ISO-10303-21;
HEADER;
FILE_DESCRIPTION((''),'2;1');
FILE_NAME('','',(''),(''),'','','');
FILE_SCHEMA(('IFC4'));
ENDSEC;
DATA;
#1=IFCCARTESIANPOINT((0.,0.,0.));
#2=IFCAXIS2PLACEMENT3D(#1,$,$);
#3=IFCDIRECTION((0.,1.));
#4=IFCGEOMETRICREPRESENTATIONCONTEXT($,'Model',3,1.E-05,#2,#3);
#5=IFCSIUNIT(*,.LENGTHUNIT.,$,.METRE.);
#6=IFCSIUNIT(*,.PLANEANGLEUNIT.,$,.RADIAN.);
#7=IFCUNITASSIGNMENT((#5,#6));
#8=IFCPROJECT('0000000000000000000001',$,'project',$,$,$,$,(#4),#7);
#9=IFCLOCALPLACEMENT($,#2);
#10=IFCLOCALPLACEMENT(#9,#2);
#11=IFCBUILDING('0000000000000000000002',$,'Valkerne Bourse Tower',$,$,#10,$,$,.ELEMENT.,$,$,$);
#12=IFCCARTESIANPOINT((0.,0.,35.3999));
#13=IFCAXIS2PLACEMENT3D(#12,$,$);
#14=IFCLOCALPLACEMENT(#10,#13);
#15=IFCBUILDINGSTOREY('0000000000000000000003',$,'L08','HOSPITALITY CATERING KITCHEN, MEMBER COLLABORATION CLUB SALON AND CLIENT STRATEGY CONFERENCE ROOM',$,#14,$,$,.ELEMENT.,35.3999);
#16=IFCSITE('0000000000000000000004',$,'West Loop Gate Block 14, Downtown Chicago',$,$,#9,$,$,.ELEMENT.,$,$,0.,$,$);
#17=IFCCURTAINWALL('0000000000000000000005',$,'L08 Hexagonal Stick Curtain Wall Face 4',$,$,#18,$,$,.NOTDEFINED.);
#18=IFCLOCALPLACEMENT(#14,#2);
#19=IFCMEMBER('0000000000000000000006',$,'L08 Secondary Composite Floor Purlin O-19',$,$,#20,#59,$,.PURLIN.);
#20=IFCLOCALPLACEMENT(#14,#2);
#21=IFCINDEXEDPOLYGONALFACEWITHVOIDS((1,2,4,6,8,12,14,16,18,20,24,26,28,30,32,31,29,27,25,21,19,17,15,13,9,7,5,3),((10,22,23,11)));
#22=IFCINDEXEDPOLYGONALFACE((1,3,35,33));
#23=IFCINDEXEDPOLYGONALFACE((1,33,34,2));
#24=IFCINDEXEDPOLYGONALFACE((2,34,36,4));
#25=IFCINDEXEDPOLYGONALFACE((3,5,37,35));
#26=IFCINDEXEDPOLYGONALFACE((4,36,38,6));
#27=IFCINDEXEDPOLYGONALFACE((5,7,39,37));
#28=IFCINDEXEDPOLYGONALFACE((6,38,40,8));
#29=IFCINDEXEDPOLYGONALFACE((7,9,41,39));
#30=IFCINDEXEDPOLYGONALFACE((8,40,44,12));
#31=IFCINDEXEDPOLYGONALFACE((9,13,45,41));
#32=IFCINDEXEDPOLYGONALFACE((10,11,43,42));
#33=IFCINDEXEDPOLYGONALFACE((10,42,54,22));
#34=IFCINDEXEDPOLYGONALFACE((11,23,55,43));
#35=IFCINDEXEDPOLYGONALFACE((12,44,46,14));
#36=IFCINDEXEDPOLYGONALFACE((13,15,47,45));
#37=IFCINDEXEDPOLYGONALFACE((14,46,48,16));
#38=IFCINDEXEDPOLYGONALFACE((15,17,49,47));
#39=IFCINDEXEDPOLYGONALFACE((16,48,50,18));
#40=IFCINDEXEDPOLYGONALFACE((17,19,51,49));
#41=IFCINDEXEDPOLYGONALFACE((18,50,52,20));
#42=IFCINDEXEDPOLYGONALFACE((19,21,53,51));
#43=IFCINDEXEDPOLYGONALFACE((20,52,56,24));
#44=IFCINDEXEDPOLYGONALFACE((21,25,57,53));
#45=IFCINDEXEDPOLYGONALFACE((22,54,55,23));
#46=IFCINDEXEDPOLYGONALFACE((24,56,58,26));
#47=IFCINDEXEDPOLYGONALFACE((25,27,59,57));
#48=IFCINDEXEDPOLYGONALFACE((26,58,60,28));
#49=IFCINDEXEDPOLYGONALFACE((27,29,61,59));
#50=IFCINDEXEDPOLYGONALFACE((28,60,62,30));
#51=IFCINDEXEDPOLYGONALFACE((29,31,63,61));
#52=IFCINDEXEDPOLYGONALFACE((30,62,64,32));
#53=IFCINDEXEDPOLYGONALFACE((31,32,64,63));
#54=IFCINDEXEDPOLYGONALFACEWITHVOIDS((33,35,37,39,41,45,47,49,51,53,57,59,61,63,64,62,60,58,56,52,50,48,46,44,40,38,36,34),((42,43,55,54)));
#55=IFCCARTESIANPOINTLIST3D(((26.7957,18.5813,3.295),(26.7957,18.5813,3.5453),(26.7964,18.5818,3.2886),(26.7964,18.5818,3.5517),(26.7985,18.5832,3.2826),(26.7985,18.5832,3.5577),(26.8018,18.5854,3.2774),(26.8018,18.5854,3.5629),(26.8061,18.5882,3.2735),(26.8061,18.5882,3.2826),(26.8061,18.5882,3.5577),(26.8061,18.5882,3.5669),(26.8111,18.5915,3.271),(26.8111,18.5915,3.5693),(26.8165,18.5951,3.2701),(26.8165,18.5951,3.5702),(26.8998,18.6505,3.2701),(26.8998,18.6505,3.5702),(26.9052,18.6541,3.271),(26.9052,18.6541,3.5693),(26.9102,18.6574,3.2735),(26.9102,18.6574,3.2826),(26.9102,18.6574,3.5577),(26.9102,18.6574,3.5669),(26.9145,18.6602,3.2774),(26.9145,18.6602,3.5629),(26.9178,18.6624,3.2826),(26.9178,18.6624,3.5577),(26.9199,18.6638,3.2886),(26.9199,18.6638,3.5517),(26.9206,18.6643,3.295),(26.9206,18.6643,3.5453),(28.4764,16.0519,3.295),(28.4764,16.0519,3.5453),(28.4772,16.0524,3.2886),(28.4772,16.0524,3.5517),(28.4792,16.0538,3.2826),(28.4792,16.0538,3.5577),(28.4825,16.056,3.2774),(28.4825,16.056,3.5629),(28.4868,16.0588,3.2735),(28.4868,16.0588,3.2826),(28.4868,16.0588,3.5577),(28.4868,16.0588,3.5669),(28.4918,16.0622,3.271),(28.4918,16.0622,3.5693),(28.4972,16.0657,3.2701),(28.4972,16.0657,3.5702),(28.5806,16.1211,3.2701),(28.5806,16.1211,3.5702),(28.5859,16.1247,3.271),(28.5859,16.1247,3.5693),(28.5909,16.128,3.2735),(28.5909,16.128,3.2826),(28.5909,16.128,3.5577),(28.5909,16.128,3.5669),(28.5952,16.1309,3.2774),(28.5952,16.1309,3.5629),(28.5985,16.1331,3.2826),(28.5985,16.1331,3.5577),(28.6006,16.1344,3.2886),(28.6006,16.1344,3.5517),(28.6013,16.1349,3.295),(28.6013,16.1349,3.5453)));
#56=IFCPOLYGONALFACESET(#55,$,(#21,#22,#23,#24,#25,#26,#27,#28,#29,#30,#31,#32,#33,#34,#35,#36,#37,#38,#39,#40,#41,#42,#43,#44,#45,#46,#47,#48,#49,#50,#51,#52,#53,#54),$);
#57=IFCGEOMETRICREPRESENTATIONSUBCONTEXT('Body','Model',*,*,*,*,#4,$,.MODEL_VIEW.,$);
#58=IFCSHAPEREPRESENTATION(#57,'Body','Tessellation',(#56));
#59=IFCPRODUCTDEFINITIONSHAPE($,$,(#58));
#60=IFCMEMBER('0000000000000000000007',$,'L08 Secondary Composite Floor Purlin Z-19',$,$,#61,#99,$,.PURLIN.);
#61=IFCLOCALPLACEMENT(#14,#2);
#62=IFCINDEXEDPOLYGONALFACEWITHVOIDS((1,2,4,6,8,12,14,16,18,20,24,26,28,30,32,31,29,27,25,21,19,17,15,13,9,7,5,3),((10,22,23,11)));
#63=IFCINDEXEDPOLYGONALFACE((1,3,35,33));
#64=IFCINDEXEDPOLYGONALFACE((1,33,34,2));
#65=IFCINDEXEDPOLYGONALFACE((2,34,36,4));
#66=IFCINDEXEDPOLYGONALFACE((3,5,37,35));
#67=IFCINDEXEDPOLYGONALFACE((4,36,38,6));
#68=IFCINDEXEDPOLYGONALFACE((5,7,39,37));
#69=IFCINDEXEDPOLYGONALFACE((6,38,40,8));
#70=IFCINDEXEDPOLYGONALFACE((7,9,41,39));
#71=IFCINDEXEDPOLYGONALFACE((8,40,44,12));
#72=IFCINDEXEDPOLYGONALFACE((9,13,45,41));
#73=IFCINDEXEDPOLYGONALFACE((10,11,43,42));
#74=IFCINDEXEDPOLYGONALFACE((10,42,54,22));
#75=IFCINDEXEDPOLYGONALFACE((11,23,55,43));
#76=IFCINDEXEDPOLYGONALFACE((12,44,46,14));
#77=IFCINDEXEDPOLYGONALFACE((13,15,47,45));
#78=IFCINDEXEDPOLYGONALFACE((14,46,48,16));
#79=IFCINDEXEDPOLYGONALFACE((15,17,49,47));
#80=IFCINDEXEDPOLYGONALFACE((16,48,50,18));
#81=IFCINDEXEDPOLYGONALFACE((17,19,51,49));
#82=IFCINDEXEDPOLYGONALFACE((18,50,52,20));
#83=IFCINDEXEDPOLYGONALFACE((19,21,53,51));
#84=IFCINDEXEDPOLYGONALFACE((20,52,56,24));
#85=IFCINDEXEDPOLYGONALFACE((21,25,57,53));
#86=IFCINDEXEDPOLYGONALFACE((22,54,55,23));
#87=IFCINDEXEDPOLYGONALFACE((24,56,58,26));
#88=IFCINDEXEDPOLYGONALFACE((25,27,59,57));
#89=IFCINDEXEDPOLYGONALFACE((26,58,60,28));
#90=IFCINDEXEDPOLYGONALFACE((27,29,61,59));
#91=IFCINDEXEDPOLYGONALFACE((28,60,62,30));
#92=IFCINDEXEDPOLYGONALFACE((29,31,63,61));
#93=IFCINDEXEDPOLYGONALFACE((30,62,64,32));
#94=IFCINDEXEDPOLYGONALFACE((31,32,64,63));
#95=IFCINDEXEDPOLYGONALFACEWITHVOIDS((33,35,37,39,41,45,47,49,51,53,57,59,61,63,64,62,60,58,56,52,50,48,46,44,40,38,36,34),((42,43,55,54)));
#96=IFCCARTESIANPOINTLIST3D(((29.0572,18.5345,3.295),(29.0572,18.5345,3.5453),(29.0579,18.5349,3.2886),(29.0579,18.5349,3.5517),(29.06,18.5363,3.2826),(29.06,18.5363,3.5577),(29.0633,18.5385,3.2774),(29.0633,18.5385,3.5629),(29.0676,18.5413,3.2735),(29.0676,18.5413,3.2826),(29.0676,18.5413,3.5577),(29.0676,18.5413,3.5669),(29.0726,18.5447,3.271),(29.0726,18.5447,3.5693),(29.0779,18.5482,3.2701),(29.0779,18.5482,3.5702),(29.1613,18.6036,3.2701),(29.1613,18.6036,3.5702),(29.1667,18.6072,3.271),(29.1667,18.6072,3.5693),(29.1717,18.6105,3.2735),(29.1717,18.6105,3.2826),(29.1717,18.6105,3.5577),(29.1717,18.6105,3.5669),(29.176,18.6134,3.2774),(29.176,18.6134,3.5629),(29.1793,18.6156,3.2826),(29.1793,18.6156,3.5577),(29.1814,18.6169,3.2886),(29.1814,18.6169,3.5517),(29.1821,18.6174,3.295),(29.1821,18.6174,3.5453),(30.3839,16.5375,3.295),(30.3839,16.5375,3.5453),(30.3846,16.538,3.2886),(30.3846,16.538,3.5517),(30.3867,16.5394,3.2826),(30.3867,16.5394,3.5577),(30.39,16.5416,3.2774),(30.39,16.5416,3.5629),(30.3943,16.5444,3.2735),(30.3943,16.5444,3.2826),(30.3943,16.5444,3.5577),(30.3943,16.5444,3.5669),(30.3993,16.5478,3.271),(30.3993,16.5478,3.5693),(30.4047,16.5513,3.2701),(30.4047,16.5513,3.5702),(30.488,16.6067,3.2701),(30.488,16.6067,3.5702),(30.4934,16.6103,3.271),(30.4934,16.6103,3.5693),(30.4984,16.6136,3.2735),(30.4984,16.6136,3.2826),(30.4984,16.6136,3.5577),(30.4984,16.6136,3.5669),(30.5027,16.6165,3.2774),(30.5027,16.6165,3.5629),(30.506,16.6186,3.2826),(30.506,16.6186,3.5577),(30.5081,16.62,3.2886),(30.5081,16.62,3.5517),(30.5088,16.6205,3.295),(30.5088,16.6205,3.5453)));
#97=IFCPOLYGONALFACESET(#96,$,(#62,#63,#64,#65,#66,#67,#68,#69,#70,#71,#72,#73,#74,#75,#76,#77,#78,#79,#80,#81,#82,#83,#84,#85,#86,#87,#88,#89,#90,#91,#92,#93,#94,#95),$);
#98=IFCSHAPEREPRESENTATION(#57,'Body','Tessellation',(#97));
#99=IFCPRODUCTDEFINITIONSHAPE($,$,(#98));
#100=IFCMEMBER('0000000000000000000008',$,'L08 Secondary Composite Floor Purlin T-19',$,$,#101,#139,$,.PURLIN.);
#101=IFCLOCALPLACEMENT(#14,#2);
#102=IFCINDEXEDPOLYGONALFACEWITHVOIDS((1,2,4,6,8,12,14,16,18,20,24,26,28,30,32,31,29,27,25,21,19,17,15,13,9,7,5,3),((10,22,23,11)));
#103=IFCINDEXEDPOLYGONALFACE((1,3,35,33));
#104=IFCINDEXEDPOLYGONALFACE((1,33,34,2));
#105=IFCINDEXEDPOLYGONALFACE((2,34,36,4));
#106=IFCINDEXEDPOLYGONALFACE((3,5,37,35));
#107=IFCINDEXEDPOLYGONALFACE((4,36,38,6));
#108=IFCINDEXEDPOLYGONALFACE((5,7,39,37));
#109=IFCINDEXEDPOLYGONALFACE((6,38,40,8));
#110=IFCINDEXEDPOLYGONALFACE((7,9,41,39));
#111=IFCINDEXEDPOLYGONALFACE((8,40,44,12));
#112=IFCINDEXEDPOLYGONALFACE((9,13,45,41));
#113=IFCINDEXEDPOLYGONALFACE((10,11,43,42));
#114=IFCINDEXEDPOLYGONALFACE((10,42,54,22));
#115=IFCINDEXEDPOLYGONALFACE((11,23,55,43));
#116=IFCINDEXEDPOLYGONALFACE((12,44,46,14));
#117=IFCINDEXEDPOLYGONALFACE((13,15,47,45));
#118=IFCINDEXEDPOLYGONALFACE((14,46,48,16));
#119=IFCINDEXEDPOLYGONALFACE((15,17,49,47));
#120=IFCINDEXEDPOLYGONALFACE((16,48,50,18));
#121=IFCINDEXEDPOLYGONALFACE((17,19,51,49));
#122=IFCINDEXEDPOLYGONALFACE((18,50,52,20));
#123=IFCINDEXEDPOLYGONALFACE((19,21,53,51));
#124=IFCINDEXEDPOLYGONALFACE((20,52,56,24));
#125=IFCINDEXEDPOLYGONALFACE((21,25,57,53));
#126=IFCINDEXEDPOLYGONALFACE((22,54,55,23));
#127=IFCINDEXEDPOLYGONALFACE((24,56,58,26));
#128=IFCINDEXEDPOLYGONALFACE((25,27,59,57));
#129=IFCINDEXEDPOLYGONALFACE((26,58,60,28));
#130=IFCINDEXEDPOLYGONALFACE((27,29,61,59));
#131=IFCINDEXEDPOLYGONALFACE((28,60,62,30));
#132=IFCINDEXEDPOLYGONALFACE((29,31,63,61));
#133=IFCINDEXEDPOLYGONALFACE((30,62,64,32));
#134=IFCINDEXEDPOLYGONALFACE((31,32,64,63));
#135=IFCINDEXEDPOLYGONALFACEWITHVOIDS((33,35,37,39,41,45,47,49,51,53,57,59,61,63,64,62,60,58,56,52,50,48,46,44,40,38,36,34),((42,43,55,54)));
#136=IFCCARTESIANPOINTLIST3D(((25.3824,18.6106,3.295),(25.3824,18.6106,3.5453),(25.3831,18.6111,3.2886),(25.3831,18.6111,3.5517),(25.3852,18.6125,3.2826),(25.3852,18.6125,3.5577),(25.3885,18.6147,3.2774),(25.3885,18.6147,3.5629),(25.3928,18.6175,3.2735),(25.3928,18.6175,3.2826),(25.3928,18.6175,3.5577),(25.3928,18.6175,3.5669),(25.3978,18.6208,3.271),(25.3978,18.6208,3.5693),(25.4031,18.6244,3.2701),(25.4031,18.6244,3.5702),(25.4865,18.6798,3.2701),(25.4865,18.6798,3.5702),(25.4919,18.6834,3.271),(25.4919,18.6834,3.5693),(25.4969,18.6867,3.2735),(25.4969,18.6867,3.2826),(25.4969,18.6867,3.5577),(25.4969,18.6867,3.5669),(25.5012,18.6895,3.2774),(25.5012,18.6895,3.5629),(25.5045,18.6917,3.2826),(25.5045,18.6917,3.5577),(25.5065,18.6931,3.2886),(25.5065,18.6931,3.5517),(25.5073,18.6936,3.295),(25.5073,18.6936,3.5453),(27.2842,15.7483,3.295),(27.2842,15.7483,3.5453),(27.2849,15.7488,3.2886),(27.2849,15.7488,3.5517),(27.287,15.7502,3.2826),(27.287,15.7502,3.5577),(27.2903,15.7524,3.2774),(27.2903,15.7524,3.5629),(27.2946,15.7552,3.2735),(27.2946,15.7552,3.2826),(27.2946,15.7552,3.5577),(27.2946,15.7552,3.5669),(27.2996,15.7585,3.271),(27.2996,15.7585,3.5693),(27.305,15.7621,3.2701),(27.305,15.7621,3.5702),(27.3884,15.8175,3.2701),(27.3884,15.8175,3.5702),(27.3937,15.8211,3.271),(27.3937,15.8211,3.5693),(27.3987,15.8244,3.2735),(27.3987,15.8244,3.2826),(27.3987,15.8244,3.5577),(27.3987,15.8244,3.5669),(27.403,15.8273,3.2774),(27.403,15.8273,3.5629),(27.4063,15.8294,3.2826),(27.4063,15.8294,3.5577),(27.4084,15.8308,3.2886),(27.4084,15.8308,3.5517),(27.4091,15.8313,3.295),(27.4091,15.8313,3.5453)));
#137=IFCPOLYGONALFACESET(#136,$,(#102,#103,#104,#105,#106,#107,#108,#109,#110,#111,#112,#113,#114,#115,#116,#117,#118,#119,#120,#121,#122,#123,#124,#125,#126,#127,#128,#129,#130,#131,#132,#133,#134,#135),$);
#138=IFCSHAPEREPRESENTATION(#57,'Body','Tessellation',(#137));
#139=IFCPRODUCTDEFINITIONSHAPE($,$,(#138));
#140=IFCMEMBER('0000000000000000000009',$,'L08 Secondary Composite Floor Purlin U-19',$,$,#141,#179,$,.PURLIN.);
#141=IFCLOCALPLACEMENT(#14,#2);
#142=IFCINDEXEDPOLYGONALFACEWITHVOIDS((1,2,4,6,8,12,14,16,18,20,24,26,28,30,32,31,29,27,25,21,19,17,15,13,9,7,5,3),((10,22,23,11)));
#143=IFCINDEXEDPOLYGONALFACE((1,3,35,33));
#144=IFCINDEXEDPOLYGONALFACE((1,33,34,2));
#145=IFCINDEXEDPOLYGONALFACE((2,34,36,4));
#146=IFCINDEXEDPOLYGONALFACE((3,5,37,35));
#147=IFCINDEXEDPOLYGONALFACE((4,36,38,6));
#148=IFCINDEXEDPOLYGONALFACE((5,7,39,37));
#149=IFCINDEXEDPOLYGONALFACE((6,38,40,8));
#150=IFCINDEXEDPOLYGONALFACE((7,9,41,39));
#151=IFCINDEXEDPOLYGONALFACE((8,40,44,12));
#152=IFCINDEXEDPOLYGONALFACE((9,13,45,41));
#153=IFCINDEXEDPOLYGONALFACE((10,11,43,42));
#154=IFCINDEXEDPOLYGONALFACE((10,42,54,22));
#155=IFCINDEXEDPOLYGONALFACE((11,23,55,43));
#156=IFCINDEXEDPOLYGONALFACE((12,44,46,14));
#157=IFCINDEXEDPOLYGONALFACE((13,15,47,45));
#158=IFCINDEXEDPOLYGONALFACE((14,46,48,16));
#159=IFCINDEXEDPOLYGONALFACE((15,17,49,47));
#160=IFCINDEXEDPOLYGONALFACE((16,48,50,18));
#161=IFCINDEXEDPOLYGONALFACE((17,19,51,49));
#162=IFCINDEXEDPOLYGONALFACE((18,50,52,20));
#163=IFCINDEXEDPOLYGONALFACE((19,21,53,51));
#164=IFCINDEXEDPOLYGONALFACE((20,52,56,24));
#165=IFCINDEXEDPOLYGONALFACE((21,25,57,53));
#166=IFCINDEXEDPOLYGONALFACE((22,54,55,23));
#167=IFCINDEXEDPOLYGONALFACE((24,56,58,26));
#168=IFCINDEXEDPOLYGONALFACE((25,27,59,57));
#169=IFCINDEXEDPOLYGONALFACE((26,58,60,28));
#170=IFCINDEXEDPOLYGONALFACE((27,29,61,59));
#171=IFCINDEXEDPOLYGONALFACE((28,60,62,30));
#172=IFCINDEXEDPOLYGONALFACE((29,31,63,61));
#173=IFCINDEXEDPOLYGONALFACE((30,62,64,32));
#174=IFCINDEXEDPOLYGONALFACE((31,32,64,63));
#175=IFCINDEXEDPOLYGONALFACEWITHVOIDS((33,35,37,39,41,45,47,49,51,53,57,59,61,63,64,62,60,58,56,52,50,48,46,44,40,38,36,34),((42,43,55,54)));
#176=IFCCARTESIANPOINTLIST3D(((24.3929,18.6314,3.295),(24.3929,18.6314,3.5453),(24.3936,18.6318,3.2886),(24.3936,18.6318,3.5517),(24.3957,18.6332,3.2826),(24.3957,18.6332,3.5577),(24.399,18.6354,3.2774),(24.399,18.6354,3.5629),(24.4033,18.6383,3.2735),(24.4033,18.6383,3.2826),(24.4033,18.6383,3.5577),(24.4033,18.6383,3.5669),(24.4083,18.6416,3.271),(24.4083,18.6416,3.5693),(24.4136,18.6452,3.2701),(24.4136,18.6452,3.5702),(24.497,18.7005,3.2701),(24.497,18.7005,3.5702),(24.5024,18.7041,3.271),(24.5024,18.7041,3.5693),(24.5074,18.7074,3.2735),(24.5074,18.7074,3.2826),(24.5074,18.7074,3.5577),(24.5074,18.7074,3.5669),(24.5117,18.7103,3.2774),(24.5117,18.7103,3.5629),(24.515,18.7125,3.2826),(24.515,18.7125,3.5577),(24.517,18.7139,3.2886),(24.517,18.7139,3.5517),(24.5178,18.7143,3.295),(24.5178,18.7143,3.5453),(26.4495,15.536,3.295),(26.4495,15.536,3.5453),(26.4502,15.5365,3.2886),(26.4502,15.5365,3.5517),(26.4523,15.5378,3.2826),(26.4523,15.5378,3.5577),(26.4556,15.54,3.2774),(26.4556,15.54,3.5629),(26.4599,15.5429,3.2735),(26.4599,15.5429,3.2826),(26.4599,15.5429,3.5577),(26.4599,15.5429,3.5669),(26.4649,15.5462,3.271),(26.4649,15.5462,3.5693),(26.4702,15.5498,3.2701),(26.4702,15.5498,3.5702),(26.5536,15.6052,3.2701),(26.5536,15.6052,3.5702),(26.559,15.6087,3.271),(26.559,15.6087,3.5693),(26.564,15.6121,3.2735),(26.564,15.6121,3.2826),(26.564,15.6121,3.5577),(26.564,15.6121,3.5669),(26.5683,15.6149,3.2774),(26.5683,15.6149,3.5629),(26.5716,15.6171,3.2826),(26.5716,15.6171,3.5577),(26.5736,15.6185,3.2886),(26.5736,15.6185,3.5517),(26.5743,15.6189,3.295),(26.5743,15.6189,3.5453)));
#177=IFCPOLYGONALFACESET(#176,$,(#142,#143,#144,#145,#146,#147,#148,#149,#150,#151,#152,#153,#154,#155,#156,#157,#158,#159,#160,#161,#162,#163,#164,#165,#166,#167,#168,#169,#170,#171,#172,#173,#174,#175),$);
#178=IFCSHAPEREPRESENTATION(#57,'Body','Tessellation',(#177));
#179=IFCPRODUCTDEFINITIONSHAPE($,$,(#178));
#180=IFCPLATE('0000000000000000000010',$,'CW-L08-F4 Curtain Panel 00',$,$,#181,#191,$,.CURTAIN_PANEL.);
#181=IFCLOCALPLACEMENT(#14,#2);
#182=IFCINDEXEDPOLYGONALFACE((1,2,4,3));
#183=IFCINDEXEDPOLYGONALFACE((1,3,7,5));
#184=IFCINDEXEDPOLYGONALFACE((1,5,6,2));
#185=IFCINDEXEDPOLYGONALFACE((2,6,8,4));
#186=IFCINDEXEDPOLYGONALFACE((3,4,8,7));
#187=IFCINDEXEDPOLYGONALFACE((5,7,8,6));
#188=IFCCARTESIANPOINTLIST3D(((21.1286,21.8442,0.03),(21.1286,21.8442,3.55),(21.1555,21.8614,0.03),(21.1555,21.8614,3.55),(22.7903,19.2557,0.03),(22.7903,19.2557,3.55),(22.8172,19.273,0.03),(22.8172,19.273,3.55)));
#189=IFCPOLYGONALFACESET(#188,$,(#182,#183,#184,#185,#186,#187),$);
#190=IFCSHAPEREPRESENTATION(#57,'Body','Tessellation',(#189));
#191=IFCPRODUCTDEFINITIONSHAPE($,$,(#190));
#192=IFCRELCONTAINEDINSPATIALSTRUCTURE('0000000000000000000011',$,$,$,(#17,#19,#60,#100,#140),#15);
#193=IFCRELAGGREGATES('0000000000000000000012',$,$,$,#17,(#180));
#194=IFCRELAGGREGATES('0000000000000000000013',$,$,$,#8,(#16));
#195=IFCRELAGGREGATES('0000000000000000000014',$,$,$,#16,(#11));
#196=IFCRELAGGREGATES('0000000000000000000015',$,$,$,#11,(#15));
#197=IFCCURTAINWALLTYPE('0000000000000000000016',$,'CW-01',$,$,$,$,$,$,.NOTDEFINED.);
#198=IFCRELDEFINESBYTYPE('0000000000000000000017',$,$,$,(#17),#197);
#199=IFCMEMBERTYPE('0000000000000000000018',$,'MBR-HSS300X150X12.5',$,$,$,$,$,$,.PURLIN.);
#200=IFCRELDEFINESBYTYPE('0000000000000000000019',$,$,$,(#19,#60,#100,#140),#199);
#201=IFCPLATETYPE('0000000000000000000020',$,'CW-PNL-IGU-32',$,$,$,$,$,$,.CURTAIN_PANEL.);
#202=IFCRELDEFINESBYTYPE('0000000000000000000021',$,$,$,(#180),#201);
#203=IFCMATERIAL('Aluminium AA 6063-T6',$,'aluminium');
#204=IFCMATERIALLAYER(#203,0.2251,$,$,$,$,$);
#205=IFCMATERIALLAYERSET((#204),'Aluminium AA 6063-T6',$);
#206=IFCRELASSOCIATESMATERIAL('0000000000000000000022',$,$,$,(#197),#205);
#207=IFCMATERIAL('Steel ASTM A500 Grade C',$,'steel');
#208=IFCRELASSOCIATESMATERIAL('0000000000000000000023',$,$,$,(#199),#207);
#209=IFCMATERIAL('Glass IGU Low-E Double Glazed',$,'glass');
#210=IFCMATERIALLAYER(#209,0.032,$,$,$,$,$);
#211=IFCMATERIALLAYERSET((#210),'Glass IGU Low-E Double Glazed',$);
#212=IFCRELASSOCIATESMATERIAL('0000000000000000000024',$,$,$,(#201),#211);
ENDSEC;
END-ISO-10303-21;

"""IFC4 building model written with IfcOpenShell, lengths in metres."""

from ifc_helpers import new_model, si_unit, direction, frame, origin, origin_2d, place, context, subcontext, project, spatial, rectangle, hollow_rectangle, extrude, material, layer, layer_set, material_profile, profile_set, type_object, element, aggregate, save


model = new_model("IFC4")

# Units and contexts
model_context = context("Model", 3, precision=1e-05, world=origin(), true_north=direction((0.0, 1.0)))
body_context = subcontext(model_context, "Body", "Model", "MODEL_VIEW")
ifc_project = project(units=[si_unit("LENGTHUNIT", "METRE"), si_unit("PLANEANGLEUNIT", "RADIAN")], contexts=[model_context])

# Site, building, storey
site_placement = place(None, origin())
site = spatial("IfcSite", under=ifc_project, at=site_placement, Name="West Loop Gate Block 14, Downtown Chicago", CompositionType="ELEMENT", RefElevation=0.0)
building_placement = place(site_placement, origin())
building = spatial("IfcBuilding", under=site, at=building_placement, Name="Valkerne Bourse Tower", CompositionType="ELEMENT")
storey_placement = place(building_placement, frame((0.0, 0.0, 35.3999)))
storey = spatial("IfcBuildingStorey", under=building, at=storey_placement, Name="L08", Description="HOSPITALITY CATERING KITCHEN, MEMBER COLLABORATION CLUB SALON AND CLIENT STRATEGY CONFERENCE ROOM", CompositionType="ELEMENT", Elevation=35.3999)

# Curtain wall
ifc_material_1 = material(Name="Aluminium AA 6063-T6", Category="aluminium")
ifc_layer_1 = layer(ifc_material_1, 0.2251)
ifc_layer_set_1 = layer_set([ifc_layer_1], Name="Aluminium AA 6063-T6")
curtain_wall_type = type_object("IfcCurtainWallType", Name="CW-01", PredefinedType="NOTDEFINED", material=ifc_layer_set_1)
curtain_wall_placement = place(storey_placement, origin())
curtain_wall = element("IfcCurtainWall", 1, at=curtain_wall_placement, inside=storey, type_object=curtain_wall_type, Name="L08 Hexagonal Stick Curtain Wall Face 4", PredefinedType="NOTDEFINED")

# Members
ifc_material_2 = material(Name="Steel ASTM A500 Grade C", Category="steel")
ifc_material_profile_1 = material_profile(ifc_material_2, hollow_rectangle(XDim=0.1499, YDim=0.3, WallThickness=0.0125, OuterFilletRadius=0.0249, at=origin_2d()), Name="HSS300X150X12.5")
ifc_profile_set_1 = profile_set([ifc_material_profile_1], Name="Steel ASTM A500 Grade C")
member_type_1 = type_object("IfcMemberType", Name="MBR-HSS300X150X12.5", PredefinedType="PURLIN", material=ifc_profile_set_1)
member_1_placement = place(storey_placement, frame((26.8582, 18.6228, 3.4202), z_axis=(0.553438, -0.83289, 0.0), x_axis=(0.83289, 0.553438, 0.0)))
element("IfcMember", 2, at=member_1_placement, inside=storey, type_object=member_type_1, Name="L08 Secondary Composite Floor Purlin O-19", PredefinedType="PURLIN", context=body_context, shape_type="SweptSolid", body=[
    extrude(hollow_rectangle(XDim=0.1499, YDim=0.3, WallThickness=0.0125, OuterFilletRadius=0.0249, at=origin_2d()), origin(), (0.0, 0.0, 1.0), 3.0369),
])
member_2_placement = place(storey_placement, frame((29.1196, 18.5759, 3.4202), z_axis=(0.553383, -0.832927, 0.0), x_axis=(0.832927, 0.553383, 0.0)))
element("IfcMember", 3, at=member_2_placement, inside=storey, type_object=member_type_1, Name="L08 Secondary Composite Floor Purlin Z-19", PredefinedType="PURLIN", context=body_context, shape_type="SweptSolid", body=[
    extrude(hollow_rectangle(XDim=0.1499, YDim=0.3, WallThickness=0.0125, OuterFilletRadius=0.0249, at=origin_2d()), origin(), (0.0, 0.0, 1.0), 2.3975),
])
member_3_placement = place(storey_placement, frame((25.4448, 18.6521, 3.4202), z_axis=(0.553421, -0.832902, 0.0), x_axis=(0.832902, 0.553421, 0.0)))
element("IfcMember", 4, at=member_3_placement, inside=storey, type_object=member_type_1, Name="L08 Secondary Composite Floor Purlin T-19", PredefinedType="PURLIN", context=body_context, shape_type="SweptSolid", body=[
    extrude(hollow_rectangle(XDim=0.1499, YDim=0.3, WallThickness=0.0125, OuterFilletRadius=0.0249, at=origin_2d()), origin(), (0.0, 0.0, 1.0), 3.4365),
])
member_4_placement = place(storey_placement, frame((24.4553, 18.6729, 3.4202), z_axis=(0.553396, -0.832918, 0.0), x_axis=(0.832918, 0.553396, 0.0)))
element("IfcMember", 5, at=member_4_placement, inside=storey, type_object=member_type_1, Name="L08 Secondary Composite Floor Purlin U-19", PredefinedType="PURLIN", context=body_context, shape_type="SweptSolid", body=[
    extrude(hollow_rectangle(XDim=0.1499, YDim=0.3, WallThickness=0.0125, OuterFilletRadius=0.0249, at=origin_2d()), origin(), (0.0, 0.0, 1.0), 3.7163),
])

# Plate
ifc_material_3 = material(Name="Glass IGU Low-E Double Glazed", Category="glass")
ifc_layer_2 = layer(ifc_material_3, 0.032)
ifc_layer_set_2 = layer_set([ifc_layer_2], Name="Glass IGU Low-E Double Glazed")
plate_type = type_object("IfcPlateType", Name="CW-PNL-IGU-32", PredefinedType="CURTAIN_PANEL", material=ifc_layer_set_2)
plate_placement = place(storey_placement, frame((21.9729, 20.5586, 0.03), z_axis=(0.0, 0.0, 1.0), x_axis=(0.540238, -0.841512, 0.0)))
plate = element("IfcPlate", 6, at=plate_placement, type_object=plate_type, Name="CW-L08-F4 Curtain Panel 00", PredefinedType="CURTAIN_PANEL", context=body_context, shape_type="SweptSolid", body=[
    extrude(rectangle(XDim=3.0759, YDim=0.032, at=origin_2d()), origin(), (0.0, 0.0, 1.0), 3.52),
])
aggregate(curtain_wall, [plate])

save(model, "model.ifc")
